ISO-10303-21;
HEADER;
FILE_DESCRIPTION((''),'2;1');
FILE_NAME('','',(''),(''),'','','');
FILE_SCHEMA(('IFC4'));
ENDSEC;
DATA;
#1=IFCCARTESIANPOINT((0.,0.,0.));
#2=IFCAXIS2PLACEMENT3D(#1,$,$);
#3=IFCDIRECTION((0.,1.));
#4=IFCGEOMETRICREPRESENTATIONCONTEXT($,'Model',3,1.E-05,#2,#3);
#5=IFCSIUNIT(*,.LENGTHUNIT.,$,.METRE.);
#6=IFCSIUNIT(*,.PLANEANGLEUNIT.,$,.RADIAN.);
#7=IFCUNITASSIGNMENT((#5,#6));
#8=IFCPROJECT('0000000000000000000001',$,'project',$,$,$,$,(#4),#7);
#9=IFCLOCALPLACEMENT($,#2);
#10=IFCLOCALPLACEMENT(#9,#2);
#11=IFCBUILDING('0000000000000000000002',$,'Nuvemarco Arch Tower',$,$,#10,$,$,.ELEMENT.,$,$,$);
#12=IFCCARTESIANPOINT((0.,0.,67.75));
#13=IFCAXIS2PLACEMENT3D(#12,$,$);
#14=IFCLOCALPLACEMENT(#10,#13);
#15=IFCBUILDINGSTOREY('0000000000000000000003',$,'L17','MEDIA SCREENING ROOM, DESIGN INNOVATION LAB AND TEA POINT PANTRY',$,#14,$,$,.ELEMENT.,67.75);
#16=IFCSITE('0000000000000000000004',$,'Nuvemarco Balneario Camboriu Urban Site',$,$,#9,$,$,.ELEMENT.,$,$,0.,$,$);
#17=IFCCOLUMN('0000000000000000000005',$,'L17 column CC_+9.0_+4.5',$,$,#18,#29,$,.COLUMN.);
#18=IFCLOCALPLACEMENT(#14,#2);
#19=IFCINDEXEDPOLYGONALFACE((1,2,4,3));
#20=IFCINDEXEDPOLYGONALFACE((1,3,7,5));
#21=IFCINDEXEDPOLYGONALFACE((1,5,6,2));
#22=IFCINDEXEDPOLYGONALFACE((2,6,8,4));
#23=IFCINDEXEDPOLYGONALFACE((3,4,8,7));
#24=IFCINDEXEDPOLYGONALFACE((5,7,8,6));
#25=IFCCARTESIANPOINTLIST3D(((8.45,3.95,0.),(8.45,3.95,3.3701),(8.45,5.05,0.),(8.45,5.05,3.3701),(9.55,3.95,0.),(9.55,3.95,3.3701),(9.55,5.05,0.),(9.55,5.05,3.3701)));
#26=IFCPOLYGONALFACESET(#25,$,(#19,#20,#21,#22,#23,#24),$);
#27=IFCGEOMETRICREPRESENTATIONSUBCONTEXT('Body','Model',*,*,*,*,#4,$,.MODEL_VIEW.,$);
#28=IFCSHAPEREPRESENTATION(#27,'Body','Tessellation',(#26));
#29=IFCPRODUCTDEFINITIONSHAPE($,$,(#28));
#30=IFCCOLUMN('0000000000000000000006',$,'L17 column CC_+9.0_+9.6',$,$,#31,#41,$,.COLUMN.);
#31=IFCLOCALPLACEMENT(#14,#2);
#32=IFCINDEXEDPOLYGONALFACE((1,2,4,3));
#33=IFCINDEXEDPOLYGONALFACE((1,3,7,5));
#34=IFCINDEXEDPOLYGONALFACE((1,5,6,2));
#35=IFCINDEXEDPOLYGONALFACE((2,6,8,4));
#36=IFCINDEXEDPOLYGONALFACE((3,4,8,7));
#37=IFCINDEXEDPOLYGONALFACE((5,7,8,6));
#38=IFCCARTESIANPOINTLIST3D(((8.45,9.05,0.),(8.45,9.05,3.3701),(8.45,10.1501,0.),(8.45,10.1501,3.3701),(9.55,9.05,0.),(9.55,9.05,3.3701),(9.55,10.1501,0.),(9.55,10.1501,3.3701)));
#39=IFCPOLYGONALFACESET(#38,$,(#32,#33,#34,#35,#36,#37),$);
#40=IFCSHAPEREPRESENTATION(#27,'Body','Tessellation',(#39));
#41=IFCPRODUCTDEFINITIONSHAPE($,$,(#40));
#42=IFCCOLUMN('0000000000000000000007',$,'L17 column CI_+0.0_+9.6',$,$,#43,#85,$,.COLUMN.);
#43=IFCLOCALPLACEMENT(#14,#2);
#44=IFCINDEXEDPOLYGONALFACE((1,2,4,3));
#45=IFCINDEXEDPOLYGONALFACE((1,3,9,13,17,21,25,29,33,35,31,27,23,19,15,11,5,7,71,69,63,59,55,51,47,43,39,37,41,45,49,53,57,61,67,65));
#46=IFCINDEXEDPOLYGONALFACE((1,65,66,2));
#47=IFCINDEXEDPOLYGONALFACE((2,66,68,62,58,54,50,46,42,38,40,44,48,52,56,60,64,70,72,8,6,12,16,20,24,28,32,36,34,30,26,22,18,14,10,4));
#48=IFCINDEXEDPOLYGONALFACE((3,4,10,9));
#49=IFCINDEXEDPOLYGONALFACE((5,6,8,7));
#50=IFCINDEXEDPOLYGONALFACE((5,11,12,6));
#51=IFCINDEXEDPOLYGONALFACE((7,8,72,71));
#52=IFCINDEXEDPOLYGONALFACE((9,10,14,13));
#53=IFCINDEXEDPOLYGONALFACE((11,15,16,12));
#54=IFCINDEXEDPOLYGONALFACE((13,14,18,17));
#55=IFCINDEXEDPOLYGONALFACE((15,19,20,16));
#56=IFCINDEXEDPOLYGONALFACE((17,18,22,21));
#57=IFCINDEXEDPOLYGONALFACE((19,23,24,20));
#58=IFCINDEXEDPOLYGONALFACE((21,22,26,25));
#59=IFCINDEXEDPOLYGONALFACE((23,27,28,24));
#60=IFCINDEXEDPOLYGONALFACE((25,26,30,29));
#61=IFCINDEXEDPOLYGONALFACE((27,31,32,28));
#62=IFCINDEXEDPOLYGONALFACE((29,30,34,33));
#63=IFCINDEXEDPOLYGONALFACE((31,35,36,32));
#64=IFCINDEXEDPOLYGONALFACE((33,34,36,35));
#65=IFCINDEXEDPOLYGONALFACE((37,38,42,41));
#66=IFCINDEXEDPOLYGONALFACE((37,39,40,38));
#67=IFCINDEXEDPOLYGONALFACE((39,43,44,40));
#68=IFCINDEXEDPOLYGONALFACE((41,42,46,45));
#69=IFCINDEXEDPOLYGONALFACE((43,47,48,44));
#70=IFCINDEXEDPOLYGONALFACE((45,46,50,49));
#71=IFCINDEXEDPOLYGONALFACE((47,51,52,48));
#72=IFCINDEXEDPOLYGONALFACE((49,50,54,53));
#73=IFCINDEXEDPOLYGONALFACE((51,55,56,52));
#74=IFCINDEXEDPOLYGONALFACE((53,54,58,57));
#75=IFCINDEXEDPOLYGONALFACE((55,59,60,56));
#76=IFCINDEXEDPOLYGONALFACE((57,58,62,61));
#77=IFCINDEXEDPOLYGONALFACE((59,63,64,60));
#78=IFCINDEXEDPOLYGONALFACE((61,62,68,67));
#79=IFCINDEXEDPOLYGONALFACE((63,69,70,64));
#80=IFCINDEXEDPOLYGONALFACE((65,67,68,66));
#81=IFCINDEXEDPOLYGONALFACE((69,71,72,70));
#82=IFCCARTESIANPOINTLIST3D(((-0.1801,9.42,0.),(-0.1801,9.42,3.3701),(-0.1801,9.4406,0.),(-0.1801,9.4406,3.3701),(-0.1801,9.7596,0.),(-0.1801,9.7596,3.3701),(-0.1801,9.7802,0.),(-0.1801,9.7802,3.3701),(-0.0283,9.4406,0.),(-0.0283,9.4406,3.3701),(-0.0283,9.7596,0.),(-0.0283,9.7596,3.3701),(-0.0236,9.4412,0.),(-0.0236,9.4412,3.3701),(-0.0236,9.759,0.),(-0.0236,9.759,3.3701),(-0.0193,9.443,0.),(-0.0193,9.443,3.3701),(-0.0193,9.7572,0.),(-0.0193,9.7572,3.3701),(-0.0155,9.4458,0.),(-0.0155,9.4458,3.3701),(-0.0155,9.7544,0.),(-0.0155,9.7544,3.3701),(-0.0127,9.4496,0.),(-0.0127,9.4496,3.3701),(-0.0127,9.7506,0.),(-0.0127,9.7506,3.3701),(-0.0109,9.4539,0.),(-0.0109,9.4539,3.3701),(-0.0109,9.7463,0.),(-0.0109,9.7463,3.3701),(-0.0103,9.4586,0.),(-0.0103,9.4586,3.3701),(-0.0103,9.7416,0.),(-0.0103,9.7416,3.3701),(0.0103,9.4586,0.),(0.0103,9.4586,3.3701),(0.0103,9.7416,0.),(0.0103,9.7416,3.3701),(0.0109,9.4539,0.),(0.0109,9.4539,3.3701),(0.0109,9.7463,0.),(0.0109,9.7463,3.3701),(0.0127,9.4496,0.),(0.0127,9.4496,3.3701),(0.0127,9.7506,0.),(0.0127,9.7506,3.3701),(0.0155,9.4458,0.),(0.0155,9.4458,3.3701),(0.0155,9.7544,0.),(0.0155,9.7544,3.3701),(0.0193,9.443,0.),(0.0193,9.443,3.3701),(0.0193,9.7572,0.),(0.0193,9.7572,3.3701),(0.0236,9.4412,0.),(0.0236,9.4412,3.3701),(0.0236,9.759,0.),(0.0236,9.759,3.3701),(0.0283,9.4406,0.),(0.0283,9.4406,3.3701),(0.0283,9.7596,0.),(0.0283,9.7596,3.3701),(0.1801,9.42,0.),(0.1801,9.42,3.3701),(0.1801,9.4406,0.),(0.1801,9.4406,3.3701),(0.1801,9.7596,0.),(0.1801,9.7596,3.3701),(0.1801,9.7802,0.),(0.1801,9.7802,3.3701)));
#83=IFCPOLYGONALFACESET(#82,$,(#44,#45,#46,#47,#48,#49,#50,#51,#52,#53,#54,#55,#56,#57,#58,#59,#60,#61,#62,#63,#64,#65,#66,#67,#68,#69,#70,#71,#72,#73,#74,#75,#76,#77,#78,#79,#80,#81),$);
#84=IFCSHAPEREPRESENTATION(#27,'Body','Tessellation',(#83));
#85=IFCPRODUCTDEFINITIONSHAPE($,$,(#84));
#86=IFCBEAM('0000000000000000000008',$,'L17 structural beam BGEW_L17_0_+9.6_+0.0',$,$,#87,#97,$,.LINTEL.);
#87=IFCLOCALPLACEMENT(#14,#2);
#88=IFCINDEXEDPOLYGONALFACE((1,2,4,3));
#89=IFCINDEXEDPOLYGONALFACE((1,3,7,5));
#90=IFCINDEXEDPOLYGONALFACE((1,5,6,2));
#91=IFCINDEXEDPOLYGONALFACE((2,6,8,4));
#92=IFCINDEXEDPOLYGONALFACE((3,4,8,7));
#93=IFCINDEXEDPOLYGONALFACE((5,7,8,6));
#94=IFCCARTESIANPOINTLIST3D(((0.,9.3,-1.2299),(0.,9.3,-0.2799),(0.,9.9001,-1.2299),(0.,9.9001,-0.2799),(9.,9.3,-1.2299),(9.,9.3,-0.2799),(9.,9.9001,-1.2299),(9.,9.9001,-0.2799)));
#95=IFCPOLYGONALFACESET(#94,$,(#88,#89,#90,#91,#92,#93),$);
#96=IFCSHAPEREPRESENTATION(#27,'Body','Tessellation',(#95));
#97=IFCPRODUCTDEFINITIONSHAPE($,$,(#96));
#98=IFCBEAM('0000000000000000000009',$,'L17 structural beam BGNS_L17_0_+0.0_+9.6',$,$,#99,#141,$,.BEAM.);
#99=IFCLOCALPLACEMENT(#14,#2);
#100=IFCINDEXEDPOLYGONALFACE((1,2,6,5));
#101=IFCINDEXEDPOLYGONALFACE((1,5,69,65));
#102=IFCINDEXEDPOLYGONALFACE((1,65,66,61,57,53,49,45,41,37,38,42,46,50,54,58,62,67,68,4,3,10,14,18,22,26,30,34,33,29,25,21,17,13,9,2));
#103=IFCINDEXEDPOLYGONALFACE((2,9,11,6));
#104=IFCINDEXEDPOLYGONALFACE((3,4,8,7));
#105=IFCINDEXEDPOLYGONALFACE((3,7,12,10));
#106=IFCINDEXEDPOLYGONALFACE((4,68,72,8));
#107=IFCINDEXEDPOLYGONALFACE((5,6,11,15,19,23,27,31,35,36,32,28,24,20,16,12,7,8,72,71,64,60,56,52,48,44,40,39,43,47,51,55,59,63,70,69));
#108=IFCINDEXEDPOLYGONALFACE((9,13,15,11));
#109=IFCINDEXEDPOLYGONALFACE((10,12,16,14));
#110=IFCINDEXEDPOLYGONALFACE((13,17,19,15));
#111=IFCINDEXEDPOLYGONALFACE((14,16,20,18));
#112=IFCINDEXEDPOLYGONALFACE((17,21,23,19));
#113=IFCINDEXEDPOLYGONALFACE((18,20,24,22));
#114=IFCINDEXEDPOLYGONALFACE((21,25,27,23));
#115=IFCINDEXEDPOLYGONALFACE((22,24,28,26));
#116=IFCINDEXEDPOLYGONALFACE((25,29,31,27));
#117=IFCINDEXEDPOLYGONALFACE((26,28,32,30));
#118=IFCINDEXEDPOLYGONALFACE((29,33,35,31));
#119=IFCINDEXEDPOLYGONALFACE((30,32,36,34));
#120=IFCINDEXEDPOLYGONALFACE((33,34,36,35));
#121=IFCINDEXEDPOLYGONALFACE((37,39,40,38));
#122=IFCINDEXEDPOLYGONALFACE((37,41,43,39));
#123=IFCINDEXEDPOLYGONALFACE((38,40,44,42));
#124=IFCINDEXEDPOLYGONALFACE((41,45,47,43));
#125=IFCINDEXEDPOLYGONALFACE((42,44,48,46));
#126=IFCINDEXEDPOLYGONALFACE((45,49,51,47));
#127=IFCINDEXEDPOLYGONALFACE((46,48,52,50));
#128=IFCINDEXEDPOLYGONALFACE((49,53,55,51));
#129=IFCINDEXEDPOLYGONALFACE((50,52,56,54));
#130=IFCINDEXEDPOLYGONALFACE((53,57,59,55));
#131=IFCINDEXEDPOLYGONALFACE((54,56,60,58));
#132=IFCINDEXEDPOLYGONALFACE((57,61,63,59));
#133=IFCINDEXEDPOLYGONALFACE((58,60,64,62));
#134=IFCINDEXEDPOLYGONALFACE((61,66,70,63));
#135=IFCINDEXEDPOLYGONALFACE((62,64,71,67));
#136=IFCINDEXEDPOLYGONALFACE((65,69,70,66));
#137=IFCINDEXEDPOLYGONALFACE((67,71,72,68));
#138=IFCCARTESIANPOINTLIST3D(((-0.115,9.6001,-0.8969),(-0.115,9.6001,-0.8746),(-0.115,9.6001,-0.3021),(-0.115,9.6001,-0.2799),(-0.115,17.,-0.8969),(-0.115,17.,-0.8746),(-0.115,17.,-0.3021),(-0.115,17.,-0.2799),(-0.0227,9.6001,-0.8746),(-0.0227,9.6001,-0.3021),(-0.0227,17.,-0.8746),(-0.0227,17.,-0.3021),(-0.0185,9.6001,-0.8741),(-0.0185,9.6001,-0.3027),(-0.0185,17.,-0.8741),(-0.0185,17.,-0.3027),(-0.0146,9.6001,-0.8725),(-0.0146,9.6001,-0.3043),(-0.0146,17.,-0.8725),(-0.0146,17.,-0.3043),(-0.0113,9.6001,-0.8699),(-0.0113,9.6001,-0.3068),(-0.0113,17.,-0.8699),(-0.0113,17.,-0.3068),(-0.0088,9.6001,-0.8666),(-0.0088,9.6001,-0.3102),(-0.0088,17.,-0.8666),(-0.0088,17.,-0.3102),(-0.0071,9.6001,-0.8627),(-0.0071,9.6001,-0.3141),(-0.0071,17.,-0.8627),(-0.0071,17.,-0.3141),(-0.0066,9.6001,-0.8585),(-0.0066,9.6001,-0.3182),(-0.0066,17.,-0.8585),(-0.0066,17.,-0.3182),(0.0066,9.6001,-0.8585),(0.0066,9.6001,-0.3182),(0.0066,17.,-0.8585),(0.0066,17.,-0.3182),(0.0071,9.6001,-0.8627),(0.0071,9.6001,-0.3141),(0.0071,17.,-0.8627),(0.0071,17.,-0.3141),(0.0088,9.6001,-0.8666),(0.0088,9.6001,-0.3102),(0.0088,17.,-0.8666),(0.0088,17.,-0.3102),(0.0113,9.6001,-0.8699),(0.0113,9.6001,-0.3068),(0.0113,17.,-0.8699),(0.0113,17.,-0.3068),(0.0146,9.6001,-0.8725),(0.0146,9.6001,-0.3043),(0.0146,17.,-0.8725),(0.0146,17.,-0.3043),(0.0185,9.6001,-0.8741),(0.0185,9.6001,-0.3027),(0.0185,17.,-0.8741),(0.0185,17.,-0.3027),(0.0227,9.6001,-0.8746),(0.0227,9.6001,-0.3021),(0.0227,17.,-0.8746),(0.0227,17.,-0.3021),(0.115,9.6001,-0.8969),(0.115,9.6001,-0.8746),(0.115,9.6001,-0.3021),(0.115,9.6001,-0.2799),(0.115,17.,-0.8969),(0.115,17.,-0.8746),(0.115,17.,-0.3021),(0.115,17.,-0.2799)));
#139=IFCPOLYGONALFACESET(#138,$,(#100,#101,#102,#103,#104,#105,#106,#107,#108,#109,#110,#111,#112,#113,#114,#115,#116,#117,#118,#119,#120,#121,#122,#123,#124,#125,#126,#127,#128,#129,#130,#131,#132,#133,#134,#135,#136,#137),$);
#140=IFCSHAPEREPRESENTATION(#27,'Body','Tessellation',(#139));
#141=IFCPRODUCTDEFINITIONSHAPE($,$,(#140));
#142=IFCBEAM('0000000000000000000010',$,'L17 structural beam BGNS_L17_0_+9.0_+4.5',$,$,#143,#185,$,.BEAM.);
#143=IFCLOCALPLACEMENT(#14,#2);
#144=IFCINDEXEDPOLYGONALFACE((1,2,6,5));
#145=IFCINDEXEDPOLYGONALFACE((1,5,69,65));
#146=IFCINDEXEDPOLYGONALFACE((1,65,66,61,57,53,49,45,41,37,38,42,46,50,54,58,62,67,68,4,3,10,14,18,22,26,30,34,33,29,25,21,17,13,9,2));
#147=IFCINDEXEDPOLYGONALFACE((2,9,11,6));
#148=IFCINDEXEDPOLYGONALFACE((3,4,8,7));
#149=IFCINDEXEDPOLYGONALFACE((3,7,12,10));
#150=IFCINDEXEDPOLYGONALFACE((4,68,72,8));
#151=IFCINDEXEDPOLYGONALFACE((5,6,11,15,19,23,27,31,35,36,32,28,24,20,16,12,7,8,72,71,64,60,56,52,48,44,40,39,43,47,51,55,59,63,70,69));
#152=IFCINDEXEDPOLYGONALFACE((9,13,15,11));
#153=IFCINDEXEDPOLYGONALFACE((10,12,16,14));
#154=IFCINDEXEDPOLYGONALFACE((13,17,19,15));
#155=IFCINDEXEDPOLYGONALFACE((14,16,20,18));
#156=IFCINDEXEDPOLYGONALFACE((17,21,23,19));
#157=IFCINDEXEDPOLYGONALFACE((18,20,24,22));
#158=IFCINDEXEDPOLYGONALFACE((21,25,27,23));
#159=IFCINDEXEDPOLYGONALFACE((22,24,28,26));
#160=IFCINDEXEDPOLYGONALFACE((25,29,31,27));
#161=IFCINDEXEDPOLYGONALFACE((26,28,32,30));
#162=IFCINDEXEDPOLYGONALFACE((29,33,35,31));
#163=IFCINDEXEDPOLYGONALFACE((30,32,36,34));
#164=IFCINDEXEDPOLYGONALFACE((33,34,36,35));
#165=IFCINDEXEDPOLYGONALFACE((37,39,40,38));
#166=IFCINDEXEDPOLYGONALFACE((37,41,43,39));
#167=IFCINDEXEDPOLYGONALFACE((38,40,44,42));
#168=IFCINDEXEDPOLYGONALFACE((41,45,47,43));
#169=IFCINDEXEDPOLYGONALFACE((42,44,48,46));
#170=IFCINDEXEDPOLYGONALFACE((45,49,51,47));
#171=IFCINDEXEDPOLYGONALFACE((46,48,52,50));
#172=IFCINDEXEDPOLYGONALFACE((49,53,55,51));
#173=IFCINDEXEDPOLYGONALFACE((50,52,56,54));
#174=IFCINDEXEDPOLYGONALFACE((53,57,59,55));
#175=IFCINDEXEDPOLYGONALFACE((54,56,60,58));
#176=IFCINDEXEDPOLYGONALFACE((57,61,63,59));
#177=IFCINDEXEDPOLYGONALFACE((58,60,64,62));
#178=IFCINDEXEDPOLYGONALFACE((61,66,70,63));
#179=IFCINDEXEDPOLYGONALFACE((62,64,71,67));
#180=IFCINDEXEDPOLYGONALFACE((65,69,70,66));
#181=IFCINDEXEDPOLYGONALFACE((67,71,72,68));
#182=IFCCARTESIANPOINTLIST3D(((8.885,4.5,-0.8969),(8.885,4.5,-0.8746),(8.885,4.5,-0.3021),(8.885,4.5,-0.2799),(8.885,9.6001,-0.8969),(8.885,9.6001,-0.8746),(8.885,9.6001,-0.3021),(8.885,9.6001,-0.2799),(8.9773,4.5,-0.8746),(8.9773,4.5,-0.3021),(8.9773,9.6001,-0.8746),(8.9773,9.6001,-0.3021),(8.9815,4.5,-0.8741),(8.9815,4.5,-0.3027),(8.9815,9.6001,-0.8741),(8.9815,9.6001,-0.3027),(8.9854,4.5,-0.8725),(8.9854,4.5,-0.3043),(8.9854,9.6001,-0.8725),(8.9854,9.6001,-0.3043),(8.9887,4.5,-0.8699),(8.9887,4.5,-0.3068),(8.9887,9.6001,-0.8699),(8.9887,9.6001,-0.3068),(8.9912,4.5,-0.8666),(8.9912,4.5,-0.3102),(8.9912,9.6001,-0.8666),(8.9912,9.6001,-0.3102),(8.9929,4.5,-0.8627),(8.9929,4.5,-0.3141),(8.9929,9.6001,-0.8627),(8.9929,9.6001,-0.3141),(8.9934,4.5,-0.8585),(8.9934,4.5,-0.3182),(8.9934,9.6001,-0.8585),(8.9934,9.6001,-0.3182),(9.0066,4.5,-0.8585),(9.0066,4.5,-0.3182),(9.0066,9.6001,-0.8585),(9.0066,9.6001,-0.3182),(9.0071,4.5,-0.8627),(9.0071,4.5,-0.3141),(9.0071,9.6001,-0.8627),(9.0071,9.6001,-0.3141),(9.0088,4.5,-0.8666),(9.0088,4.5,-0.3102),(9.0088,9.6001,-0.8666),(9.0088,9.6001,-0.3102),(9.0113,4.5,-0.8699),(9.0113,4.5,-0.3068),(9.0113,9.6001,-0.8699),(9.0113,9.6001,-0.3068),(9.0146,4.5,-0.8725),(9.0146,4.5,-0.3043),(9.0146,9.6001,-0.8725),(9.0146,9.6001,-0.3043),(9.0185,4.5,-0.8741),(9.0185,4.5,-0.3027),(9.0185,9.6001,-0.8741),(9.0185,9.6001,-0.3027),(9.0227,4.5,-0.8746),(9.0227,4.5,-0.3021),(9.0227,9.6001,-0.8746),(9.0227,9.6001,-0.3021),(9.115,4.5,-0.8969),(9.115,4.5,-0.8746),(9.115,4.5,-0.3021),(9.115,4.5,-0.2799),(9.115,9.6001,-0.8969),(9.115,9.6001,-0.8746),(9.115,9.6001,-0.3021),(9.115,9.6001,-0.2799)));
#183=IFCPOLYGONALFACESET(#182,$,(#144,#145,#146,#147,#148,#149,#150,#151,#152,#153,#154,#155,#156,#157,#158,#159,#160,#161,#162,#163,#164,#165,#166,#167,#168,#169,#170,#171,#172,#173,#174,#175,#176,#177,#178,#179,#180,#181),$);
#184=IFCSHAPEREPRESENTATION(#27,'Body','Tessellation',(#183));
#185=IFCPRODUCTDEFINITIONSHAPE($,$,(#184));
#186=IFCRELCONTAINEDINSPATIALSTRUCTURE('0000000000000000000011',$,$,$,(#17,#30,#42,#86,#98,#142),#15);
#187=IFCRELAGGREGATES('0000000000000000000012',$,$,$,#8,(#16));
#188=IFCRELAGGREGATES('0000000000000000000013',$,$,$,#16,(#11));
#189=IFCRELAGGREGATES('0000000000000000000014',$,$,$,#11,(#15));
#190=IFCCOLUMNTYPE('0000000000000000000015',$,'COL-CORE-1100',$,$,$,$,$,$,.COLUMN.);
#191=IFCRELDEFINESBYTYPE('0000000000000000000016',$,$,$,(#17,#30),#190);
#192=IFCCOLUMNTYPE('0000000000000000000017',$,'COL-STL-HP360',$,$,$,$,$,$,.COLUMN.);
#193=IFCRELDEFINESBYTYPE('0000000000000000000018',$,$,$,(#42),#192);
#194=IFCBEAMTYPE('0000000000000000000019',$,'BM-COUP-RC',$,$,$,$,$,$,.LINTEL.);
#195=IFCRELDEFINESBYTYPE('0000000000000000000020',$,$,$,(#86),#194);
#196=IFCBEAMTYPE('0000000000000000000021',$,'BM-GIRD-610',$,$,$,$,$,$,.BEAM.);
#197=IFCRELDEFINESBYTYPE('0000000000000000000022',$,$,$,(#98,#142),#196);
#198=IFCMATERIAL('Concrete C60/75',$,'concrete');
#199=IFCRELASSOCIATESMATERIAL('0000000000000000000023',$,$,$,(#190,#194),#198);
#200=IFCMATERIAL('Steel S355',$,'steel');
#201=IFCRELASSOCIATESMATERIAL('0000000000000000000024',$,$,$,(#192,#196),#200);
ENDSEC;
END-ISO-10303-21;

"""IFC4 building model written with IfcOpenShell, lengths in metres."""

from ifc_helpers import new_model, si_unit, direction, frame, origin, origin_2d, place, context, subcontext, project, spatial, rectangle, i_section, extrude, material, material_profile, profile_set, type_object, element, save


model = new_model("IFC4")

# Units and contexts
model_context = context("Model", 3, precision=1e-05, world=origin(), true_north=direction((0.0, 1.0)))
body_context = subcontext(model_context, "Body", "Model", "MODEL_VIEW")
ifc_project = project(units=[si_unit("LENGTHUNIT", "METRE"), si_unit("PLANEANGLEUNIT", "RADIAN")], contexts=[model_context])

# Site, building, storey
site_placement = place(None, origin())
site = spatial("IfcSite", under=ifc_project, at=site_placement, Name="Nuvemarco Balneario Camboriu Urban Site", CompositionType="ELEMENT", RefElevation=0.0)
building_placement = place(site_placement, origin())
building = spatial("IfcBuilding", under=site, at=building_placement, Name="Nuvemarco Arch Tower", CompositionType="ELEMENT")
storey_placement = place(building_placement, frame((0.0, 0.0, 67.75)))
storey = spatial("IfcBuildingStorey", under=building, at=storey_placement, Name="L17", Description="MEDIA SCREENING ROOM, DESIGN INNOVATION LAB AND TEA POINT PANTRY", CompositionType="ELEMENT", Elevation=67.75)

# Columns
ifc_material_1 = material(Name="Concrete C60/75", Category="concrete")
ifc_material_profile_1 = material_profile(ifc_material_1, rectangle(XDim=1.1001, YDim=1.1001, at=origin_2d()), Name="RC-COL-1100x1100")
ifc_profile_set_1 = profile_set([ifc_material_profile_1], Name="Concrete C60/75")
column_type_1 = type_object("IfcColumnType", Name="COL-CORE-1100", PredefinedType="COLUMN", material=ifc_profile_set_1)
for number, where, z_axis, x_axis, name in (
    (1, (9.0, 4.5, 0.0), (0.0, 0.0, 1.0), (1.0, 0.0, 0.0), "L17 column CC_+9.0_+4.5"),
    (2, (9.0, 9.6001, 0.0), (0.0, 0.0, 1.0), (1.0, 0.0, 0.0), "L17 column CC_+9.0_+9.6"),
):
    element("IfcColumn", number, at=place(storey_placement, frame(where, z_axis=z_axis, x_axis=x_axis)), inside=storey, type_object=column_type_1, Name=name, PredefinedType="COLUMN", context=body_context, shape_type="SweptSolid", body=[
        extrude(rectangle(XDim=1.1001, YDim=1.1001, at=origin_2d()), origin(), (0.0, 0.0, 1.0), 3.3701),
    ])
ifc_material_2 = material(Name="Steel S355", Category="steel")
ifc_material_profile_2 = material_profile(ifc_material_2, i_section(OverallWidth=0.3601, OverallDepth=0.3601, WebThickness=0.0205, FlangeThickness=0.0205, FilletRadius=0.0181, at=origin_2d()), Name="HP360x174")
ifc_profile_set_2 = profile_set([ifc_material_profile_2], Name="Steel S355")
column_type_2 = type_object("IfcColumnType", Name="COL-STL-HP360", PredefinedType="COLUMN", material=ifc_profile_set_2)
column_placement = place(storey_placement, frame((0.0, 9.6001, 0.0), z_axis=(0.0, 0.0, 1.0), x_axis=(1.0, 0.0, 0.0)))
element("IfcColumn", 3, at=column_placement, inside=storey, type_object=column_type_2, Name="L17 column CI_+0.0_+9.6", PredefinedType="COLUMN", context=body_context, shape_type="SweptSolid", body=[
    extrude(i_section(OverallWidth=0.3601, OverallDepth=0.3601, WebThickness=0.0205, FlangeThickness=0.0205, FilletRadius=0.0181, at=origin_2d()), origin(), (0.0, 0.0, 1.0), 3.3701),
])

# Beams
ifc_material_profile_3 = material_profile(ifc_material_1, rectangle(XDim=0.6001, YDim=0.95, at=origin_2d()), Name="RC-BM-600x950")
ifc_profile_set_3 = profile_set([ifc_material_profile_3], Name="Concrete C60/75")
beam_type_1 = type_object("IfcBeamType", Name="BM-COUP-RC", PredefinedType="LINTEL", material=ifc_profile_set_3)
beam_1_placement = place(storey_placement, frame((0.0, 9.6001, -0.7549), z_axis=(1.0, 0.0, 0.0), x_axis=(0.0, 1.0, 0.0)))
element("IfcBeam", 4, at=beam_1_placement, inside=storey, type_object=beam_type_1, Name="L17 structural beam BGEW_L17_0_+9.6_+0.0", PredefinedType="LINTEL", context=body_context, shape_type="SweptSolid", body=[
    extrude(rectangle(XDim=0.6001, YDim=0.95, at=origin_2d()), origin(), (0.0, 0.0, 1.0), 9.0),
])
ifc_material_profile_4 = material_profile(ifc_material_2, i_section(OverallWidth=0.23, OverallDepth=0.6169, WebThickness=0.0132, FlangeThickness=0.0222, FilletRadius=0.0161, at=origin_2d()), Name="W610x140")
ifc_profile_set_4 = profile_set([ifc_material_profile_4], Name="Steel S355")
beam_type_2 = type_object("IfcBeamType", Name="BM-GIRD-610", PredefinedType="BEAM", material=ifc_profile_set_4)
beam_2_placement = place(storey_placement, frame((0.0, 9.6001, -0.5884), z_axis=(0.0, 1.0, 0.0), x_axis=(-1.0, 0.0, 0.0)))
element("IfcBeam", 5, at=beam_2_placement, inside=storey, type_object=beam_type_2, Name="L17 structural beam BGNS_L17_0_+0.0_+9.6", PredefinedType="BEAM", context=body_context, shape_type="SweptSolid", body=[
    extrude(i_section(OverallWidth=0.23, OverallDepth=0.6169, WebThickness=0.0132, FlangeThickness=0.0222, FilletRadius=0.0161, at=origin_2d()), origin(), (0.0, 0.0, 1.0), 7.3999),
])
beam_3_placement = place(storey_placement, frame((9.0, 4.5, -0.5884), z_axis=(0.0, 1.0, 0.0), x_axis=(-1.0, 0.0, 0.0)))
element("IfcBeam", 6, at=beam_3_placement, inside=storey, type_object=beam_type_2, Name="L17 structural beam BGNS_L17_0_+9.0_+4.5", PredefinedType="BEAM", context=body_context, shape_type="SweptSolid", body=[
    extrude(i_section(OverallWidth=0.23, OverallDepth=0.6169, WebThickness=0.0132, FlangeThickness=0.0222, FilletRadius=0.0161, at=origin_2d()), origin(), (0.0, 0.0, 1.0), 5.1001),
])

save(model, "model.ifc")
